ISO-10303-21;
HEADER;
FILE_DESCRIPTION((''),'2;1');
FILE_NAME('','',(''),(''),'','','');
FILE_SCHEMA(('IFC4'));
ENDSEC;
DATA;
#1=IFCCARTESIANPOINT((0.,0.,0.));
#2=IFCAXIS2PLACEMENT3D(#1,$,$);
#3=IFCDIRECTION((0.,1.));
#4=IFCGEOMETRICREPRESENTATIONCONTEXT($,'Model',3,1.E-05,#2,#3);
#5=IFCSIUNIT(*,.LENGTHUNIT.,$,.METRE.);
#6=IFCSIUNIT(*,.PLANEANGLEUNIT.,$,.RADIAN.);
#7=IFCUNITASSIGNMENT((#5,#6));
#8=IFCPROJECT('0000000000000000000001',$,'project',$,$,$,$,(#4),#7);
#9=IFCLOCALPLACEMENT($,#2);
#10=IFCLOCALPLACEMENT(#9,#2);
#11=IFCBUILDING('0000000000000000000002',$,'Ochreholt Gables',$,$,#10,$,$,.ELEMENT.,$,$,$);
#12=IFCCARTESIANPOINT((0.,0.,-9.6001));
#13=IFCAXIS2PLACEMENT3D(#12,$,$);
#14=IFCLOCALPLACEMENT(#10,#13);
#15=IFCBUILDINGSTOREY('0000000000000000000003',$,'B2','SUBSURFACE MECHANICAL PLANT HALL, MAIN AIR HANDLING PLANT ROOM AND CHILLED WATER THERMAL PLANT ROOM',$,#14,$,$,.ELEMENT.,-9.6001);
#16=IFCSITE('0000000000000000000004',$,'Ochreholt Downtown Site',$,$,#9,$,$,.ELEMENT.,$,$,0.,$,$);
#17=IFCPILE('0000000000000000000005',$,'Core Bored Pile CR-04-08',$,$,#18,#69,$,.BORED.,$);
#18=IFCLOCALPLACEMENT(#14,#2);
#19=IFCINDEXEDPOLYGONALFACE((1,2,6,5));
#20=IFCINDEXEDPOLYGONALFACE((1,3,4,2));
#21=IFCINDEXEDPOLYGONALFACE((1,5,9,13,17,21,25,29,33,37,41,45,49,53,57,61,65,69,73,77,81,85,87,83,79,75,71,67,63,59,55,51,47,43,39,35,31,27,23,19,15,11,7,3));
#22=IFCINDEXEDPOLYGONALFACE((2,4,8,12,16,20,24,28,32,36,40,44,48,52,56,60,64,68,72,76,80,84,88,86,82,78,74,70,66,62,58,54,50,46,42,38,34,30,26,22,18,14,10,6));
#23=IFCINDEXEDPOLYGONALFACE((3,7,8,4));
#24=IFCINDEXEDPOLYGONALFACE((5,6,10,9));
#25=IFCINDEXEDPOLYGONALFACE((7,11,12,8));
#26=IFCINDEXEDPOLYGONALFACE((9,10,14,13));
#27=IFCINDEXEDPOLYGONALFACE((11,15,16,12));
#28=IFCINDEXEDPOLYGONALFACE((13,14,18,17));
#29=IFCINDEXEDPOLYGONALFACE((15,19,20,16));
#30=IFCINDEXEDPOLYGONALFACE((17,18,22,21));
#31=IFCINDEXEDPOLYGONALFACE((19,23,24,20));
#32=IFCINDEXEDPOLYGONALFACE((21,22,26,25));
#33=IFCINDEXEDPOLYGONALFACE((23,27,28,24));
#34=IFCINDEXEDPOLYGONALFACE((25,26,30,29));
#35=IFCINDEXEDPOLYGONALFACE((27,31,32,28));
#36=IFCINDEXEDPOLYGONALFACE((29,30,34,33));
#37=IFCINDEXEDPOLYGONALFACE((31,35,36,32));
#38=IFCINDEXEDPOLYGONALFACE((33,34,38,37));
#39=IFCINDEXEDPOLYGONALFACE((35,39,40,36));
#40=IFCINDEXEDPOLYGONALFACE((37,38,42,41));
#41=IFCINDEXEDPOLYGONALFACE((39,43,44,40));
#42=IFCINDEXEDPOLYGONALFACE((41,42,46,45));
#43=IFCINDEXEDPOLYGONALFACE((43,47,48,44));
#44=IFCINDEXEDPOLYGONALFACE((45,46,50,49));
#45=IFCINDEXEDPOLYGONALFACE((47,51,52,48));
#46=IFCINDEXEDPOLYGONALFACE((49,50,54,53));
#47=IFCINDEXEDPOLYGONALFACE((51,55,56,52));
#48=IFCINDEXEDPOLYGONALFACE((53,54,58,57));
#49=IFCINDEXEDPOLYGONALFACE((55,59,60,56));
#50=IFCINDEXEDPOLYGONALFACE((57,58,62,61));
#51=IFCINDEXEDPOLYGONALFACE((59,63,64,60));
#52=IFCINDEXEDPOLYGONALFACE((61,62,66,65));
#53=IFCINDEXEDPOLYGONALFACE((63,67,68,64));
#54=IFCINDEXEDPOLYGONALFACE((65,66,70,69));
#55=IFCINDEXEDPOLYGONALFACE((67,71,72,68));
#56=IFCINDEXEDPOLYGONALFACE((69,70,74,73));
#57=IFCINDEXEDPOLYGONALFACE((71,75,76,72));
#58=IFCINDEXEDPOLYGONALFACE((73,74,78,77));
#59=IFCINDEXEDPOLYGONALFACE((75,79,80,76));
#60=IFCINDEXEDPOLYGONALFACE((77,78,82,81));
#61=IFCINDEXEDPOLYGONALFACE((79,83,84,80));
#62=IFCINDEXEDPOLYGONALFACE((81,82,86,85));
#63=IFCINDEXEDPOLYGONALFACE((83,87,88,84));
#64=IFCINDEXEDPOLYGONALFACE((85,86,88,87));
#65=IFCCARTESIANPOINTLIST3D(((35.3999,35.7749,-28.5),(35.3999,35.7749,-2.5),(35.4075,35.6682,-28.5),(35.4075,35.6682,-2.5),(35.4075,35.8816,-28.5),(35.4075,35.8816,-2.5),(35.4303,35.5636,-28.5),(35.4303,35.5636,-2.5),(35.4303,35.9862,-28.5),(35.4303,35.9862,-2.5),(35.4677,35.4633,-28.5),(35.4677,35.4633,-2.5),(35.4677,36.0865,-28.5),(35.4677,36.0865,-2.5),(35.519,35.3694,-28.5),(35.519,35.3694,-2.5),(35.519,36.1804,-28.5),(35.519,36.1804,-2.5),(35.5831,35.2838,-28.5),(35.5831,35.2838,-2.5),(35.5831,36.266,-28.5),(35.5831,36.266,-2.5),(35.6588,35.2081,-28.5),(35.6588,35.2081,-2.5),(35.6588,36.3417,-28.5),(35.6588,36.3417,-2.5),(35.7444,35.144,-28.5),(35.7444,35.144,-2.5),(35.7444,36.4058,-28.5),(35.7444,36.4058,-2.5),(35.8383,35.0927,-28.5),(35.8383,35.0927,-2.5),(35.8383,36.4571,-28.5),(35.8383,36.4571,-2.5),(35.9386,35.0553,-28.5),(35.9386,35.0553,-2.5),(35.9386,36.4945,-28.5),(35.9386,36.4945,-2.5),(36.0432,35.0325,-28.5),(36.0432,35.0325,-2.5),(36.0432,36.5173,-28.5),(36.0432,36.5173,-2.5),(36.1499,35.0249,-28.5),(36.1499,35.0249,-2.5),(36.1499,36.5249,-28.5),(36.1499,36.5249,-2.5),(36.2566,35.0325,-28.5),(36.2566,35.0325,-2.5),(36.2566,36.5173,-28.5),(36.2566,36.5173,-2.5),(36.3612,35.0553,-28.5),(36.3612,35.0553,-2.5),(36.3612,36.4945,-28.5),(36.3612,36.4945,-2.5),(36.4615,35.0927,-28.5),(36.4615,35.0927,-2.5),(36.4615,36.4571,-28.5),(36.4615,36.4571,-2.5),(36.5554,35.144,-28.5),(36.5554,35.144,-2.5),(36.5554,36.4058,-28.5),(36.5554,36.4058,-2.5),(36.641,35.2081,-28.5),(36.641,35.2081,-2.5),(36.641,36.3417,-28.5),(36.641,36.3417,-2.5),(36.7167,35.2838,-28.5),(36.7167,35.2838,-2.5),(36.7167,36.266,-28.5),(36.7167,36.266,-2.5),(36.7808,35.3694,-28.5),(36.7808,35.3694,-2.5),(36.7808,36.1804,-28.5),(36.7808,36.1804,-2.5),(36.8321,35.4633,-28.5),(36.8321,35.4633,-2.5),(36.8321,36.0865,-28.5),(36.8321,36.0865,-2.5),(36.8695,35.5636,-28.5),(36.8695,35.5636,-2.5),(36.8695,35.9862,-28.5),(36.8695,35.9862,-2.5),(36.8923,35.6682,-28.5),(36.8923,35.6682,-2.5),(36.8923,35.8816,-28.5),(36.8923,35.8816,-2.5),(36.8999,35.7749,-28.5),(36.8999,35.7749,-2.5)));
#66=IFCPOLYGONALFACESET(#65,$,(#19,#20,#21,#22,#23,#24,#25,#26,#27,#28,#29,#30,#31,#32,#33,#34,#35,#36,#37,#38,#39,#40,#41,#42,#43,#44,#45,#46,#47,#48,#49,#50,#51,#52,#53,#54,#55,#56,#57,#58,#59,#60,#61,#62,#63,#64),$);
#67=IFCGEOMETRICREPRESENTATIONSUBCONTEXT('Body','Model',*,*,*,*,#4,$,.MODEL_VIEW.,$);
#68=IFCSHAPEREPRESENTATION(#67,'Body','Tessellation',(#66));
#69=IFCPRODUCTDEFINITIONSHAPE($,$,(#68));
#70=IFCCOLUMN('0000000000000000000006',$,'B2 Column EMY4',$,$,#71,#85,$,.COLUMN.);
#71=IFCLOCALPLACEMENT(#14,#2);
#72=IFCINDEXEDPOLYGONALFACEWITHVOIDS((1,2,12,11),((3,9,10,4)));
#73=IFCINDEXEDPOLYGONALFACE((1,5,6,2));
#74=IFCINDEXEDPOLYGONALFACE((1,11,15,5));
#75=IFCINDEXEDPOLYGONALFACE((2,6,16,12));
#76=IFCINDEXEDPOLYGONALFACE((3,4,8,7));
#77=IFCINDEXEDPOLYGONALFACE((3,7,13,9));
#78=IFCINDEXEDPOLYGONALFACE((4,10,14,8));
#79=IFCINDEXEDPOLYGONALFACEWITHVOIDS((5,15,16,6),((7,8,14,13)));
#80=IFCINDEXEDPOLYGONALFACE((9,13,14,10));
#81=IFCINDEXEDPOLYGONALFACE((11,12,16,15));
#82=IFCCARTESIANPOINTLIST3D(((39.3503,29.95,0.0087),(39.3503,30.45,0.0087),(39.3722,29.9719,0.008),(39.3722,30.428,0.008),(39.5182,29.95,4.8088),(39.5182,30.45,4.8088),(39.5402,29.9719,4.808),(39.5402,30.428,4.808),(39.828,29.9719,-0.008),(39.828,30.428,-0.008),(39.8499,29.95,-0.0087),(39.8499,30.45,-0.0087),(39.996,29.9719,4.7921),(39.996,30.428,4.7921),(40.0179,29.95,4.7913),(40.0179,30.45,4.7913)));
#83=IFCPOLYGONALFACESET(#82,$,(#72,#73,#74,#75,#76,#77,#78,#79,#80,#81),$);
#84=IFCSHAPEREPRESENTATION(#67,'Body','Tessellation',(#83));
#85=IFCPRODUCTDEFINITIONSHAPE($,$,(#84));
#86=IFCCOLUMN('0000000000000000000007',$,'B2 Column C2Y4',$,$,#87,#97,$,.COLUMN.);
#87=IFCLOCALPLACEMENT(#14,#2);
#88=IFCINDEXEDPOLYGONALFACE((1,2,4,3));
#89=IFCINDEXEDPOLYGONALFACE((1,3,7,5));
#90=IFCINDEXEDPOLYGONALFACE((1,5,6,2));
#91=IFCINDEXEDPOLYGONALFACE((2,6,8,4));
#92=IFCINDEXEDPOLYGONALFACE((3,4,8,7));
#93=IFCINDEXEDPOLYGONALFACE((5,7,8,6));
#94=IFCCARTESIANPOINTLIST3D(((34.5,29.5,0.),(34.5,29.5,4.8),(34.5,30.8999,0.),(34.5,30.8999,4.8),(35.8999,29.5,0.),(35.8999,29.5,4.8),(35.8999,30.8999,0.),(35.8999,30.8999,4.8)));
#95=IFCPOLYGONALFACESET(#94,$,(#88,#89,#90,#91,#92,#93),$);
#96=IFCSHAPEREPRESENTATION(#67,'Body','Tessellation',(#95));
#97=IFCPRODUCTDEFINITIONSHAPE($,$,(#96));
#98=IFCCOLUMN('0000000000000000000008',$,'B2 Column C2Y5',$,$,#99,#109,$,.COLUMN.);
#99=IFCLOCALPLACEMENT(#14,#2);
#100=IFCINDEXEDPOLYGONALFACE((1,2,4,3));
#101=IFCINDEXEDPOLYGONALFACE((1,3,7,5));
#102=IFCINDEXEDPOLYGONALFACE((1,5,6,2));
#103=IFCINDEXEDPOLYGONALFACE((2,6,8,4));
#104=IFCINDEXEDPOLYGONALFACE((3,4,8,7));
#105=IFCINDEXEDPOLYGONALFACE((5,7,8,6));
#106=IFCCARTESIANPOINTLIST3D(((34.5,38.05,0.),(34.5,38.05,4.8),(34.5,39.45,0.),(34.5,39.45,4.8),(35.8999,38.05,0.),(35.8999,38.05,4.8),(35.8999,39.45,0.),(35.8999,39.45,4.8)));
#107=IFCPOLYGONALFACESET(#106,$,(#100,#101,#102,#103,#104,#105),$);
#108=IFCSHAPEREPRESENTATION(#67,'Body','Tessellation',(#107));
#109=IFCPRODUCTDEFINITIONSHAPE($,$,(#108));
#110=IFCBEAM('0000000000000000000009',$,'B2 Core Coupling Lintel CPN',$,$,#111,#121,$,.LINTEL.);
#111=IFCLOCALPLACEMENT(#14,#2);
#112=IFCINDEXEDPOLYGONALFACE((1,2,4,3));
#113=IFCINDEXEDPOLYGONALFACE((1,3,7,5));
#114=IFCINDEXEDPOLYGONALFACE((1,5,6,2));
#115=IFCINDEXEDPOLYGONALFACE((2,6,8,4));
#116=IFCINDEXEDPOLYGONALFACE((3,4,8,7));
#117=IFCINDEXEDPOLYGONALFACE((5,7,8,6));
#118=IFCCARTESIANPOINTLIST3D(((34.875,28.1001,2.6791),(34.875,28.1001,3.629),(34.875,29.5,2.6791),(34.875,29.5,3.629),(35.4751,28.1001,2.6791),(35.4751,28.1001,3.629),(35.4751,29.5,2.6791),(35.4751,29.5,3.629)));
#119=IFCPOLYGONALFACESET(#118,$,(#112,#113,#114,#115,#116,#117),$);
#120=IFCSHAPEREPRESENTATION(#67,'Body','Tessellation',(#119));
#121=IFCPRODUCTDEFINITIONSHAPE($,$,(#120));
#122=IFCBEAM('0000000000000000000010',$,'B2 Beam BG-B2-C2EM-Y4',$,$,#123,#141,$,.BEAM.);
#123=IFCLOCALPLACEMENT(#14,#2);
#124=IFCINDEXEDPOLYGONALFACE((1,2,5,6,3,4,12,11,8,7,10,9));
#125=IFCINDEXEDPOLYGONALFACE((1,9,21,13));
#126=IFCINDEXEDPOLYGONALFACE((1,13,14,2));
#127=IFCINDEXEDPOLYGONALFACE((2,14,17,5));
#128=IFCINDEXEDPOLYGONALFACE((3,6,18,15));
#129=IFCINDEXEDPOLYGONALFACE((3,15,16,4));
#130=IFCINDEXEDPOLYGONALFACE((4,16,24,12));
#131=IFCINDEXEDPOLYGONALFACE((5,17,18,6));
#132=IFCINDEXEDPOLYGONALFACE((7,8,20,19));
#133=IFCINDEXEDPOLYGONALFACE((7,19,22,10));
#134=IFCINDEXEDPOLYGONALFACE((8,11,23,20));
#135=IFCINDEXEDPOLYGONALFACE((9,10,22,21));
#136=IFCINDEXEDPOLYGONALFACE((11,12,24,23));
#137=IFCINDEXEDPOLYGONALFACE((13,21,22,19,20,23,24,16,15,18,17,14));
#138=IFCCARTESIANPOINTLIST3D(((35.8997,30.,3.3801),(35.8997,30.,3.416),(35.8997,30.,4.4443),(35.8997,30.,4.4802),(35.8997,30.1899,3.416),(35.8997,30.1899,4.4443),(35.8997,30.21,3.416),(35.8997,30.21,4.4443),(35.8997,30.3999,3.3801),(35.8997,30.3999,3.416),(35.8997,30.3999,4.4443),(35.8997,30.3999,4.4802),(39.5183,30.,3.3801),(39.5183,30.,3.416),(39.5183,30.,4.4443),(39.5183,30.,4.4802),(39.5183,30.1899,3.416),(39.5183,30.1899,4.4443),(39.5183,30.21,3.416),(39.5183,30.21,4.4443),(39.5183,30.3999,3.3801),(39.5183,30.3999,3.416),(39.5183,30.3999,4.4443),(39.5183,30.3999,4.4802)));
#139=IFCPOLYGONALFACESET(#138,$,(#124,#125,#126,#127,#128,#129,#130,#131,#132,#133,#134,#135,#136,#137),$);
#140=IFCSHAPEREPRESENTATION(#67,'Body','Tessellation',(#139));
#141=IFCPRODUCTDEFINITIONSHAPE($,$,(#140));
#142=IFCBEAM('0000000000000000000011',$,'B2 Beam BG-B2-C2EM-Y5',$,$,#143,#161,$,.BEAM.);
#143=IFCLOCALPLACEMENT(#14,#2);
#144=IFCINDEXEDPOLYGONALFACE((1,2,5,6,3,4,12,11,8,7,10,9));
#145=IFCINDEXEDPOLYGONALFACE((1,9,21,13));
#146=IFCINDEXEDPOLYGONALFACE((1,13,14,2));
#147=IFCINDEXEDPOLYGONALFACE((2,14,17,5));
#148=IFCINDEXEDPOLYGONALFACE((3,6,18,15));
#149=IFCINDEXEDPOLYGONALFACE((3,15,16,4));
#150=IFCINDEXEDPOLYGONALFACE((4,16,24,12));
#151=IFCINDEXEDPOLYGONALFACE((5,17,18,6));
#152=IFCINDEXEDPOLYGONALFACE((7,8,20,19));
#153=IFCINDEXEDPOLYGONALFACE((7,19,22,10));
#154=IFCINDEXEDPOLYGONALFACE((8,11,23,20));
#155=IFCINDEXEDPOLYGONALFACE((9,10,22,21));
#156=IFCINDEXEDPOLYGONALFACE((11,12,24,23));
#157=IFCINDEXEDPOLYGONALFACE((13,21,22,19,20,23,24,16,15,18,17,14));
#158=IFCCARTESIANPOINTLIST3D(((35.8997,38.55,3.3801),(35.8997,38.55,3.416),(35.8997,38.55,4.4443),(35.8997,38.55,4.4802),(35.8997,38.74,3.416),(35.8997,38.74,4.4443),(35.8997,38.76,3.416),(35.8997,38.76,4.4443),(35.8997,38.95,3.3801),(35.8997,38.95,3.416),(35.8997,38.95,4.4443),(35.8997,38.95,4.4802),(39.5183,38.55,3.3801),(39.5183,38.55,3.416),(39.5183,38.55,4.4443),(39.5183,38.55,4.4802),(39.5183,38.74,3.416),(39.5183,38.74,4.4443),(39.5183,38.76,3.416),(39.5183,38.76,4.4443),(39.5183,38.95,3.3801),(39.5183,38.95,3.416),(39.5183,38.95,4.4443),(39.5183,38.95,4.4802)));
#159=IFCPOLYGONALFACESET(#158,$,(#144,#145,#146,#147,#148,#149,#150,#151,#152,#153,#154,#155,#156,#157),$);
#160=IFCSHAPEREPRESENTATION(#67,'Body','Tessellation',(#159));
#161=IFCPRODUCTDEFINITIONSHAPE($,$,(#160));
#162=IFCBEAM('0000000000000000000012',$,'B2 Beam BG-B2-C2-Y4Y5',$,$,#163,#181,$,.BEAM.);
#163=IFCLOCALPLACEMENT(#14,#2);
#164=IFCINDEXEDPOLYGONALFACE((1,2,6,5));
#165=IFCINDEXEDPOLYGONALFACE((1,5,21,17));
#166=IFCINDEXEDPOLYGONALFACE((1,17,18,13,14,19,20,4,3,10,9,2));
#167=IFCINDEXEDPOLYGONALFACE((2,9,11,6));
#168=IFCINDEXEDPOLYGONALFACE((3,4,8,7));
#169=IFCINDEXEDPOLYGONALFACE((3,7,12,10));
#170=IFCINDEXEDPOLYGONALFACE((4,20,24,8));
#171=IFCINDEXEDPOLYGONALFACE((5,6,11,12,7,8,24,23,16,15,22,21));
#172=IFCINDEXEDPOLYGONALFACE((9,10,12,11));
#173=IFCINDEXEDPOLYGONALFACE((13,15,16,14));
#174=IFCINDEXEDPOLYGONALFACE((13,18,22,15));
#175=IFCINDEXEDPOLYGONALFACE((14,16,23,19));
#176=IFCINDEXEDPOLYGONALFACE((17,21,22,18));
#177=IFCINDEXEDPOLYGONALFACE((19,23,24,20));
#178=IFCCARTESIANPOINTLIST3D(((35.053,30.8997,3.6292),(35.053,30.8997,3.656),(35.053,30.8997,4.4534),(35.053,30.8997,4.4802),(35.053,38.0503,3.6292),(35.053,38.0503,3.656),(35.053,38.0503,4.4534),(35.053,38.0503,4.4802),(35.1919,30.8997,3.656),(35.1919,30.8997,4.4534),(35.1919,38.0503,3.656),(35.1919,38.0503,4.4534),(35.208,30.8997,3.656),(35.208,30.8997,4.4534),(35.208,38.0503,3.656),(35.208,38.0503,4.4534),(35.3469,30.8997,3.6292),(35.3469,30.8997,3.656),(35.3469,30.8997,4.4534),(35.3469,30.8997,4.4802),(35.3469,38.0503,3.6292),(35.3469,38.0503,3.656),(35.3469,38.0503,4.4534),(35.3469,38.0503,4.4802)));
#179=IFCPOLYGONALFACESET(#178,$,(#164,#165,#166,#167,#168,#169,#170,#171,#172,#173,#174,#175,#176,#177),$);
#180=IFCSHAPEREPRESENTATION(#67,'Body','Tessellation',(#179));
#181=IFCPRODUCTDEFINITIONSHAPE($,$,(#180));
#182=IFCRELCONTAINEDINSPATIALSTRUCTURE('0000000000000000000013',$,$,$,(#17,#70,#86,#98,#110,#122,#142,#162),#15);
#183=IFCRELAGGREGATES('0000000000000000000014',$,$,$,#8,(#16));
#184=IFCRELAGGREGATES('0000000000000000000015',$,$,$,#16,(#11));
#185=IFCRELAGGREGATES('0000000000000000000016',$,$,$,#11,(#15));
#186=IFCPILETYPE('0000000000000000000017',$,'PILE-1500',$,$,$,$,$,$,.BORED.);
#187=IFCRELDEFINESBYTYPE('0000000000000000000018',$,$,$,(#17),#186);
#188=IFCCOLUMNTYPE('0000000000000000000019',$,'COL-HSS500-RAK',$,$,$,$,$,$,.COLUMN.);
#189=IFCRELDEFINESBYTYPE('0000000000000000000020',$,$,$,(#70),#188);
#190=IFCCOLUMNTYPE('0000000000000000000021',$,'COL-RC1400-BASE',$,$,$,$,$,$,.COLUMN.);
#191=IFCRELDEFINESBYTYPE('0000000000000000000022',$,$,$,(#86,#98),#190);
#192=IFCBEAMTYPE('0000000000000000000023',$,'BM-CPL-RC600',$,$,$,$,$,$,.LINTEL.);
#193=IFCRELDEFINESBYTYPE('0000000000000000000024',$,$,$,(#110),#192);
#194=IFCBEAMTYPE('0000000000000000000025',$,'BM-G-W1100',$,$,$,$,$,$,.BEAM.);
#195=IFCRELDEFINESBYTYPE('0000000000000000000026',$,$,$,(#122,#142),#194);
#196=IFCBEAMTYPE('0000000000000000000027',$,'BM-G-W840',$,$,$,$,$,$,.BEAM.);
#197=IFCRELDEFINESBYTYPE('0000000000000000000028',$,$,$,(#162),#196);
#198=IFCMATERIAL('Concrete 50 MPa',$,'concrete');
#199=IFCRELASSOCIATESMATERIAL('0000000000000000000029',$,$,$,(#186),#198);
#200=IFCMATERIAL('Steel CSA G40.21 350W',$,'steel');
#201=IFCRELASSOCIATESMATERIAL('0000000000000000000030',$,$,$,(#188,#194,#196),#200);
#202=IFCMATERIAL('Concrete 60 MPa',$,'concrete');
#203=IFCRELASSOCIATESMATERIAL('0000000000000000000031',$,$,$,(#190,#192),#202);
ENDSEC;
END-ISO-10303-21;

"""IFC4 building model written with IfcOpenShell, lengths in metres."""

from ifc_helpers import new_model, si_unit, direction, frame, origin, origin_2d, place, context, subcontext, project, spatial, rectangle, hollow_rectangle, circle, i_section, extrude, material, material_profile, profile_set, type_object, element, save


model = new_model("IFC4")

# Units and contexts
model_context = context("Model", 3, precision=1e-05, world=origin(), true_north=direction((0.0, 1.0)))
body_context = subcontext(model_context, "Body", "Model", "MODEL_VIEW")
ifc_project = project(units=[si_unit("LENGTHUNIT", "METRE"), si_unit("PLANEANGLEUNIT", "RADIAN")], contexts=[model_context])

# Site, building, storey
site_placement = place(None, origin())
site = spatial("IfcSite", under=ifc_project, at=site_placement, Name="Ochreholt Downtown Site", CompositionType="ELEMENT", RefElevation=0.0)
building_placement = place(site_placement, origin())
building = spatial("IfcBuilding", under=site, at=building_placement, Name="Ochreholt Gables", CompositionType="ELEMENT")
storey_placement = place(building_placement, frame((0.0, 0.0, -9.6001)))
storey = spatial("IfcBuildingStorey", under=building, at=storey_placement, Name="B2", Description="SUBSURFACE MECHANICAL PLANT HALL, MAIN AIR HANDLING PLANT ROOM AND CHILLED WATER THERMAL PLANT ROOM", CompositionType="ELEMENT", Elevation=-9.6001)

# Pile
ifc_material_1 = material(Name="Concrete 50 MPa", Category="concrete")
ifc_material_profile_1 = material_profile(ifc_material_1, circle(Radius=0.75, at=origin_2d()), Name="PILE1500")
ifc_profile_set_1 = profile_set([ifc_material_profile_1], Name="Concrete 50 MPa")
pile_type_1 = type_object("IfcPileType", Name="PILE-1500", PredefinedType="BORED", material=ifc_profile_set_1)
for number, where, z_axis, x_axis, name in (
    (1, (36.1499, 35.7749, -2.5), (0.0, 0.0, -1.0), (1.0, 0.0, 0.0), "Core Bored Pile CR-04-08"),
):
    element("IfcPile", number, at=place(storey_placement, frame(where, z_axis=z_axis, x_axis=x_axis)), inside=storey, type_object=pile_type_1, Name=name, PredefinedType="BORED", context=body_context, shape_type="SweptSolid", body=[
        extrude(circle(Radius=0.75, at=origin_2d()), origin(), (0.0, 0.0, 1.0), 26.0),
    ])

# Columns
ifc_material_2 = material(Name="Steel CSA G40.21 350W", Category="steel")
ifc_material_profile_2 = material_profile(ifc_material_2, hollow_rectangle(XDim=0.5, YDim=0.5, WallThickness=0.022, at=origin_2d()), Name="HSS500X500X22")
ifc_profile_set_2 = profile_set([ifc_material_profile_2], Name="Steel CSA G40.21 350W")
column_type_1 = type_object("IfcColumnType", Name="COL-HSS500-RAK", PredefinedType="COLUMN", material=ifc_profile_set_2)
column_placement = place(storey_placement, frame((39.6001, 30.2, 0.0), z_axis=(0.034972, 0.0, 0.999388), x_axis=(0.0, 1.0, 0.0)))
element("IfcColumn", 2, at=column_placement, inside=storey, type_object=column_type_1, Name="B2 Column EMY4", PredefinedType="COLUMN", context=body_context, shape_type="SweptSolid", body=[
    extrude(hollow_rectangle(XDim=0.5, YDim=0.5, WallThickness=0.022, at=origin_2d()), origin(), (0.0, 0.0, 1.0), 4.803),
])
ifc_material_3 = material(Name="Concrete 60 MPa", Category="concrete")
ifc_material_profile_3 = material_profile(ifc_material_3, rectangle(XDim=1.3999, YDim=1.3999, at=origin_2d()), Name="RC1400X1400")
ifc_profile_set_3 = profile_set([ifc_material_profile_3], Name="Concrete 60 MPa")
column_type_2 = type_object("IfcColumnType", Name="COL-RC1400-BASE", PredefinedType="COLUMN", material=ifc_profile_set_3)
for number, where, z_axis, x_axis, name in (
    (3, (35.2, 30.2, 0.0), (0.0, 0.0, 1.0), (1.0, 0.0, 0.0), "B2 Column C2Y4"),
    (4, (35.2, 38.75, 0.0), (0.0, 0.0, 1.0), (1.0, 0.0, 0.0), "B2 Column C2Y5"),
):
    element("IfcColumn", number, at=place(storey_placement, frame(where, z_axis=z_axis, x_axis=x_axis)), inside=storey, type_object=column_type_2, Name=name, PredefinedType="COLUMN", context=body_context, shape_type="SweptSolid", body=[
        extrude(rectangle(XDim=1.3999, YDim=1.3999, at=origin_2d()), origin(), (0.0, 0.0, 1.0), 4.8),
    ])

# Beams
ifc_material_profile_4 = material_profile(ifc_material_3, rectangle(XDim=0.6001, YDim=0.95, at=origin_2d()), Name="RCB600X950")
ifc_profile_set_4 = profile_set([ifc_material_profile_4], Name="Concrete 60 MPa")
beam_type_1 = type_object("IfcBeamType", Name="BM-CPL-RC600", PredefinedType="LINTEL", material=ifc_profile_set_4)
beam_1_placement = place(storey_placement, frame((35.175, 28.1001, 3.1541), z_axis=(0.0, 1.0, 0.0), x_axis=(-1.0, 0.0, 0.0)))
element("IfcBeam", 5, at=beam_1_placement, inside=storey, type_object=beam_type_1, Name="B2 Core Coupling Lintel CPN", PredefinedType="LINTEL", context=body_context, shape_type="SweptSolid", body=[
    extrude(rectangle(XDim=0.6001, YDim=0.95, at=origin_2d()), origin(), (0.0, 0.0, 1.0), 1.3999),
])
ifc_material_profile_5 = material_profile(ifc_material_2, i_section(OverallWidth=0.3999, OverallDepth=1.1001, WebThickness=0.02, FlangeThickness=0.0359, at=origin_2d()), Name="W1100X390")
ifc_profile_set_5 = profile_set([ifc_material_profile_5], Name="Steel CSA G40.21 350W")
beam_type_2 = type_object("IfcBeamType", Name="BM-G-W1100", PredefinedType="BEAM", material=ifc_profile_set_5)
for number, where, z_axis, x_axis, name in (
    (6, (35.8997, 30.2, 3.9302), (1.0, 0.0, 0.0), (0.0, 1.0, 0.0), "B2 Beam BG-B2-C2EM-Y4"),
    (7, (35.8997, 38.75, 3.9302), (1.0, 0.0, 0.0), (0.0, 1.0, 0.0), "B2 Beam BG-B2-C2EM-Y5"),
):
    element("IfcBeam", number, at=place(storey_placement, frame(where, z_axis=z_axis, x_axis=x_axis)), inside=storey, type_object=beam_type_2, Name=name, PredefinedType="BEAM", context=body_context, shape_type="SweptSolid", body=[
        extrude(i_section(OverallWidth=0.3999, OverallDepth=1.1001, WebThickness=0.02, FlangeThickness=0.0359, at=origin_2d()), origin(), (0.0, 0.0, 1.0), 3.6187),
    ])
ifc_material_profile_6 = material_profile(ifc_material_2, i_section(OverallWidth=0.2939, OverallDepth=0.8511, WebThickness=0.0161, FlangeThickness=0.0269, at=origin_2d()), Name="W840X226")
ifc_profile_set_6 = profile_set([ifc_material_profile_6], Name="Steel CSA G40.21 350W")
beam_type_3 = type_object("IfcBeamType", Name="BM-G-W840", PredefinedType="BEAM", material=ifc_profile_set_6)
beam_2_placement = place(storey_placement, frame((35.2, 30.8997, 4.0547), z_axis=(0.0, 1.0, 0.0), x_axis=(-1.0, 0.0, 0.0)))
element("IfcBeam", 8, at=beam_2_placement, inside=storey, type_object=beam_type_3, Name="B2 Beam BG-B2-C2-Y4Y5", PredefinedType="BEAM", context=body_context, shape_type="SweptSolid", body=[
    extrude(i_section(OverallWidth=0.2939, OverallDepth=0.8511, WebThickness=0.0161, FlangeThickness=0.0269, at=origin_2d()), origin(), (0.0, 0.0, 1.0), 7.1506),
])

save(model, "model.ifc")
